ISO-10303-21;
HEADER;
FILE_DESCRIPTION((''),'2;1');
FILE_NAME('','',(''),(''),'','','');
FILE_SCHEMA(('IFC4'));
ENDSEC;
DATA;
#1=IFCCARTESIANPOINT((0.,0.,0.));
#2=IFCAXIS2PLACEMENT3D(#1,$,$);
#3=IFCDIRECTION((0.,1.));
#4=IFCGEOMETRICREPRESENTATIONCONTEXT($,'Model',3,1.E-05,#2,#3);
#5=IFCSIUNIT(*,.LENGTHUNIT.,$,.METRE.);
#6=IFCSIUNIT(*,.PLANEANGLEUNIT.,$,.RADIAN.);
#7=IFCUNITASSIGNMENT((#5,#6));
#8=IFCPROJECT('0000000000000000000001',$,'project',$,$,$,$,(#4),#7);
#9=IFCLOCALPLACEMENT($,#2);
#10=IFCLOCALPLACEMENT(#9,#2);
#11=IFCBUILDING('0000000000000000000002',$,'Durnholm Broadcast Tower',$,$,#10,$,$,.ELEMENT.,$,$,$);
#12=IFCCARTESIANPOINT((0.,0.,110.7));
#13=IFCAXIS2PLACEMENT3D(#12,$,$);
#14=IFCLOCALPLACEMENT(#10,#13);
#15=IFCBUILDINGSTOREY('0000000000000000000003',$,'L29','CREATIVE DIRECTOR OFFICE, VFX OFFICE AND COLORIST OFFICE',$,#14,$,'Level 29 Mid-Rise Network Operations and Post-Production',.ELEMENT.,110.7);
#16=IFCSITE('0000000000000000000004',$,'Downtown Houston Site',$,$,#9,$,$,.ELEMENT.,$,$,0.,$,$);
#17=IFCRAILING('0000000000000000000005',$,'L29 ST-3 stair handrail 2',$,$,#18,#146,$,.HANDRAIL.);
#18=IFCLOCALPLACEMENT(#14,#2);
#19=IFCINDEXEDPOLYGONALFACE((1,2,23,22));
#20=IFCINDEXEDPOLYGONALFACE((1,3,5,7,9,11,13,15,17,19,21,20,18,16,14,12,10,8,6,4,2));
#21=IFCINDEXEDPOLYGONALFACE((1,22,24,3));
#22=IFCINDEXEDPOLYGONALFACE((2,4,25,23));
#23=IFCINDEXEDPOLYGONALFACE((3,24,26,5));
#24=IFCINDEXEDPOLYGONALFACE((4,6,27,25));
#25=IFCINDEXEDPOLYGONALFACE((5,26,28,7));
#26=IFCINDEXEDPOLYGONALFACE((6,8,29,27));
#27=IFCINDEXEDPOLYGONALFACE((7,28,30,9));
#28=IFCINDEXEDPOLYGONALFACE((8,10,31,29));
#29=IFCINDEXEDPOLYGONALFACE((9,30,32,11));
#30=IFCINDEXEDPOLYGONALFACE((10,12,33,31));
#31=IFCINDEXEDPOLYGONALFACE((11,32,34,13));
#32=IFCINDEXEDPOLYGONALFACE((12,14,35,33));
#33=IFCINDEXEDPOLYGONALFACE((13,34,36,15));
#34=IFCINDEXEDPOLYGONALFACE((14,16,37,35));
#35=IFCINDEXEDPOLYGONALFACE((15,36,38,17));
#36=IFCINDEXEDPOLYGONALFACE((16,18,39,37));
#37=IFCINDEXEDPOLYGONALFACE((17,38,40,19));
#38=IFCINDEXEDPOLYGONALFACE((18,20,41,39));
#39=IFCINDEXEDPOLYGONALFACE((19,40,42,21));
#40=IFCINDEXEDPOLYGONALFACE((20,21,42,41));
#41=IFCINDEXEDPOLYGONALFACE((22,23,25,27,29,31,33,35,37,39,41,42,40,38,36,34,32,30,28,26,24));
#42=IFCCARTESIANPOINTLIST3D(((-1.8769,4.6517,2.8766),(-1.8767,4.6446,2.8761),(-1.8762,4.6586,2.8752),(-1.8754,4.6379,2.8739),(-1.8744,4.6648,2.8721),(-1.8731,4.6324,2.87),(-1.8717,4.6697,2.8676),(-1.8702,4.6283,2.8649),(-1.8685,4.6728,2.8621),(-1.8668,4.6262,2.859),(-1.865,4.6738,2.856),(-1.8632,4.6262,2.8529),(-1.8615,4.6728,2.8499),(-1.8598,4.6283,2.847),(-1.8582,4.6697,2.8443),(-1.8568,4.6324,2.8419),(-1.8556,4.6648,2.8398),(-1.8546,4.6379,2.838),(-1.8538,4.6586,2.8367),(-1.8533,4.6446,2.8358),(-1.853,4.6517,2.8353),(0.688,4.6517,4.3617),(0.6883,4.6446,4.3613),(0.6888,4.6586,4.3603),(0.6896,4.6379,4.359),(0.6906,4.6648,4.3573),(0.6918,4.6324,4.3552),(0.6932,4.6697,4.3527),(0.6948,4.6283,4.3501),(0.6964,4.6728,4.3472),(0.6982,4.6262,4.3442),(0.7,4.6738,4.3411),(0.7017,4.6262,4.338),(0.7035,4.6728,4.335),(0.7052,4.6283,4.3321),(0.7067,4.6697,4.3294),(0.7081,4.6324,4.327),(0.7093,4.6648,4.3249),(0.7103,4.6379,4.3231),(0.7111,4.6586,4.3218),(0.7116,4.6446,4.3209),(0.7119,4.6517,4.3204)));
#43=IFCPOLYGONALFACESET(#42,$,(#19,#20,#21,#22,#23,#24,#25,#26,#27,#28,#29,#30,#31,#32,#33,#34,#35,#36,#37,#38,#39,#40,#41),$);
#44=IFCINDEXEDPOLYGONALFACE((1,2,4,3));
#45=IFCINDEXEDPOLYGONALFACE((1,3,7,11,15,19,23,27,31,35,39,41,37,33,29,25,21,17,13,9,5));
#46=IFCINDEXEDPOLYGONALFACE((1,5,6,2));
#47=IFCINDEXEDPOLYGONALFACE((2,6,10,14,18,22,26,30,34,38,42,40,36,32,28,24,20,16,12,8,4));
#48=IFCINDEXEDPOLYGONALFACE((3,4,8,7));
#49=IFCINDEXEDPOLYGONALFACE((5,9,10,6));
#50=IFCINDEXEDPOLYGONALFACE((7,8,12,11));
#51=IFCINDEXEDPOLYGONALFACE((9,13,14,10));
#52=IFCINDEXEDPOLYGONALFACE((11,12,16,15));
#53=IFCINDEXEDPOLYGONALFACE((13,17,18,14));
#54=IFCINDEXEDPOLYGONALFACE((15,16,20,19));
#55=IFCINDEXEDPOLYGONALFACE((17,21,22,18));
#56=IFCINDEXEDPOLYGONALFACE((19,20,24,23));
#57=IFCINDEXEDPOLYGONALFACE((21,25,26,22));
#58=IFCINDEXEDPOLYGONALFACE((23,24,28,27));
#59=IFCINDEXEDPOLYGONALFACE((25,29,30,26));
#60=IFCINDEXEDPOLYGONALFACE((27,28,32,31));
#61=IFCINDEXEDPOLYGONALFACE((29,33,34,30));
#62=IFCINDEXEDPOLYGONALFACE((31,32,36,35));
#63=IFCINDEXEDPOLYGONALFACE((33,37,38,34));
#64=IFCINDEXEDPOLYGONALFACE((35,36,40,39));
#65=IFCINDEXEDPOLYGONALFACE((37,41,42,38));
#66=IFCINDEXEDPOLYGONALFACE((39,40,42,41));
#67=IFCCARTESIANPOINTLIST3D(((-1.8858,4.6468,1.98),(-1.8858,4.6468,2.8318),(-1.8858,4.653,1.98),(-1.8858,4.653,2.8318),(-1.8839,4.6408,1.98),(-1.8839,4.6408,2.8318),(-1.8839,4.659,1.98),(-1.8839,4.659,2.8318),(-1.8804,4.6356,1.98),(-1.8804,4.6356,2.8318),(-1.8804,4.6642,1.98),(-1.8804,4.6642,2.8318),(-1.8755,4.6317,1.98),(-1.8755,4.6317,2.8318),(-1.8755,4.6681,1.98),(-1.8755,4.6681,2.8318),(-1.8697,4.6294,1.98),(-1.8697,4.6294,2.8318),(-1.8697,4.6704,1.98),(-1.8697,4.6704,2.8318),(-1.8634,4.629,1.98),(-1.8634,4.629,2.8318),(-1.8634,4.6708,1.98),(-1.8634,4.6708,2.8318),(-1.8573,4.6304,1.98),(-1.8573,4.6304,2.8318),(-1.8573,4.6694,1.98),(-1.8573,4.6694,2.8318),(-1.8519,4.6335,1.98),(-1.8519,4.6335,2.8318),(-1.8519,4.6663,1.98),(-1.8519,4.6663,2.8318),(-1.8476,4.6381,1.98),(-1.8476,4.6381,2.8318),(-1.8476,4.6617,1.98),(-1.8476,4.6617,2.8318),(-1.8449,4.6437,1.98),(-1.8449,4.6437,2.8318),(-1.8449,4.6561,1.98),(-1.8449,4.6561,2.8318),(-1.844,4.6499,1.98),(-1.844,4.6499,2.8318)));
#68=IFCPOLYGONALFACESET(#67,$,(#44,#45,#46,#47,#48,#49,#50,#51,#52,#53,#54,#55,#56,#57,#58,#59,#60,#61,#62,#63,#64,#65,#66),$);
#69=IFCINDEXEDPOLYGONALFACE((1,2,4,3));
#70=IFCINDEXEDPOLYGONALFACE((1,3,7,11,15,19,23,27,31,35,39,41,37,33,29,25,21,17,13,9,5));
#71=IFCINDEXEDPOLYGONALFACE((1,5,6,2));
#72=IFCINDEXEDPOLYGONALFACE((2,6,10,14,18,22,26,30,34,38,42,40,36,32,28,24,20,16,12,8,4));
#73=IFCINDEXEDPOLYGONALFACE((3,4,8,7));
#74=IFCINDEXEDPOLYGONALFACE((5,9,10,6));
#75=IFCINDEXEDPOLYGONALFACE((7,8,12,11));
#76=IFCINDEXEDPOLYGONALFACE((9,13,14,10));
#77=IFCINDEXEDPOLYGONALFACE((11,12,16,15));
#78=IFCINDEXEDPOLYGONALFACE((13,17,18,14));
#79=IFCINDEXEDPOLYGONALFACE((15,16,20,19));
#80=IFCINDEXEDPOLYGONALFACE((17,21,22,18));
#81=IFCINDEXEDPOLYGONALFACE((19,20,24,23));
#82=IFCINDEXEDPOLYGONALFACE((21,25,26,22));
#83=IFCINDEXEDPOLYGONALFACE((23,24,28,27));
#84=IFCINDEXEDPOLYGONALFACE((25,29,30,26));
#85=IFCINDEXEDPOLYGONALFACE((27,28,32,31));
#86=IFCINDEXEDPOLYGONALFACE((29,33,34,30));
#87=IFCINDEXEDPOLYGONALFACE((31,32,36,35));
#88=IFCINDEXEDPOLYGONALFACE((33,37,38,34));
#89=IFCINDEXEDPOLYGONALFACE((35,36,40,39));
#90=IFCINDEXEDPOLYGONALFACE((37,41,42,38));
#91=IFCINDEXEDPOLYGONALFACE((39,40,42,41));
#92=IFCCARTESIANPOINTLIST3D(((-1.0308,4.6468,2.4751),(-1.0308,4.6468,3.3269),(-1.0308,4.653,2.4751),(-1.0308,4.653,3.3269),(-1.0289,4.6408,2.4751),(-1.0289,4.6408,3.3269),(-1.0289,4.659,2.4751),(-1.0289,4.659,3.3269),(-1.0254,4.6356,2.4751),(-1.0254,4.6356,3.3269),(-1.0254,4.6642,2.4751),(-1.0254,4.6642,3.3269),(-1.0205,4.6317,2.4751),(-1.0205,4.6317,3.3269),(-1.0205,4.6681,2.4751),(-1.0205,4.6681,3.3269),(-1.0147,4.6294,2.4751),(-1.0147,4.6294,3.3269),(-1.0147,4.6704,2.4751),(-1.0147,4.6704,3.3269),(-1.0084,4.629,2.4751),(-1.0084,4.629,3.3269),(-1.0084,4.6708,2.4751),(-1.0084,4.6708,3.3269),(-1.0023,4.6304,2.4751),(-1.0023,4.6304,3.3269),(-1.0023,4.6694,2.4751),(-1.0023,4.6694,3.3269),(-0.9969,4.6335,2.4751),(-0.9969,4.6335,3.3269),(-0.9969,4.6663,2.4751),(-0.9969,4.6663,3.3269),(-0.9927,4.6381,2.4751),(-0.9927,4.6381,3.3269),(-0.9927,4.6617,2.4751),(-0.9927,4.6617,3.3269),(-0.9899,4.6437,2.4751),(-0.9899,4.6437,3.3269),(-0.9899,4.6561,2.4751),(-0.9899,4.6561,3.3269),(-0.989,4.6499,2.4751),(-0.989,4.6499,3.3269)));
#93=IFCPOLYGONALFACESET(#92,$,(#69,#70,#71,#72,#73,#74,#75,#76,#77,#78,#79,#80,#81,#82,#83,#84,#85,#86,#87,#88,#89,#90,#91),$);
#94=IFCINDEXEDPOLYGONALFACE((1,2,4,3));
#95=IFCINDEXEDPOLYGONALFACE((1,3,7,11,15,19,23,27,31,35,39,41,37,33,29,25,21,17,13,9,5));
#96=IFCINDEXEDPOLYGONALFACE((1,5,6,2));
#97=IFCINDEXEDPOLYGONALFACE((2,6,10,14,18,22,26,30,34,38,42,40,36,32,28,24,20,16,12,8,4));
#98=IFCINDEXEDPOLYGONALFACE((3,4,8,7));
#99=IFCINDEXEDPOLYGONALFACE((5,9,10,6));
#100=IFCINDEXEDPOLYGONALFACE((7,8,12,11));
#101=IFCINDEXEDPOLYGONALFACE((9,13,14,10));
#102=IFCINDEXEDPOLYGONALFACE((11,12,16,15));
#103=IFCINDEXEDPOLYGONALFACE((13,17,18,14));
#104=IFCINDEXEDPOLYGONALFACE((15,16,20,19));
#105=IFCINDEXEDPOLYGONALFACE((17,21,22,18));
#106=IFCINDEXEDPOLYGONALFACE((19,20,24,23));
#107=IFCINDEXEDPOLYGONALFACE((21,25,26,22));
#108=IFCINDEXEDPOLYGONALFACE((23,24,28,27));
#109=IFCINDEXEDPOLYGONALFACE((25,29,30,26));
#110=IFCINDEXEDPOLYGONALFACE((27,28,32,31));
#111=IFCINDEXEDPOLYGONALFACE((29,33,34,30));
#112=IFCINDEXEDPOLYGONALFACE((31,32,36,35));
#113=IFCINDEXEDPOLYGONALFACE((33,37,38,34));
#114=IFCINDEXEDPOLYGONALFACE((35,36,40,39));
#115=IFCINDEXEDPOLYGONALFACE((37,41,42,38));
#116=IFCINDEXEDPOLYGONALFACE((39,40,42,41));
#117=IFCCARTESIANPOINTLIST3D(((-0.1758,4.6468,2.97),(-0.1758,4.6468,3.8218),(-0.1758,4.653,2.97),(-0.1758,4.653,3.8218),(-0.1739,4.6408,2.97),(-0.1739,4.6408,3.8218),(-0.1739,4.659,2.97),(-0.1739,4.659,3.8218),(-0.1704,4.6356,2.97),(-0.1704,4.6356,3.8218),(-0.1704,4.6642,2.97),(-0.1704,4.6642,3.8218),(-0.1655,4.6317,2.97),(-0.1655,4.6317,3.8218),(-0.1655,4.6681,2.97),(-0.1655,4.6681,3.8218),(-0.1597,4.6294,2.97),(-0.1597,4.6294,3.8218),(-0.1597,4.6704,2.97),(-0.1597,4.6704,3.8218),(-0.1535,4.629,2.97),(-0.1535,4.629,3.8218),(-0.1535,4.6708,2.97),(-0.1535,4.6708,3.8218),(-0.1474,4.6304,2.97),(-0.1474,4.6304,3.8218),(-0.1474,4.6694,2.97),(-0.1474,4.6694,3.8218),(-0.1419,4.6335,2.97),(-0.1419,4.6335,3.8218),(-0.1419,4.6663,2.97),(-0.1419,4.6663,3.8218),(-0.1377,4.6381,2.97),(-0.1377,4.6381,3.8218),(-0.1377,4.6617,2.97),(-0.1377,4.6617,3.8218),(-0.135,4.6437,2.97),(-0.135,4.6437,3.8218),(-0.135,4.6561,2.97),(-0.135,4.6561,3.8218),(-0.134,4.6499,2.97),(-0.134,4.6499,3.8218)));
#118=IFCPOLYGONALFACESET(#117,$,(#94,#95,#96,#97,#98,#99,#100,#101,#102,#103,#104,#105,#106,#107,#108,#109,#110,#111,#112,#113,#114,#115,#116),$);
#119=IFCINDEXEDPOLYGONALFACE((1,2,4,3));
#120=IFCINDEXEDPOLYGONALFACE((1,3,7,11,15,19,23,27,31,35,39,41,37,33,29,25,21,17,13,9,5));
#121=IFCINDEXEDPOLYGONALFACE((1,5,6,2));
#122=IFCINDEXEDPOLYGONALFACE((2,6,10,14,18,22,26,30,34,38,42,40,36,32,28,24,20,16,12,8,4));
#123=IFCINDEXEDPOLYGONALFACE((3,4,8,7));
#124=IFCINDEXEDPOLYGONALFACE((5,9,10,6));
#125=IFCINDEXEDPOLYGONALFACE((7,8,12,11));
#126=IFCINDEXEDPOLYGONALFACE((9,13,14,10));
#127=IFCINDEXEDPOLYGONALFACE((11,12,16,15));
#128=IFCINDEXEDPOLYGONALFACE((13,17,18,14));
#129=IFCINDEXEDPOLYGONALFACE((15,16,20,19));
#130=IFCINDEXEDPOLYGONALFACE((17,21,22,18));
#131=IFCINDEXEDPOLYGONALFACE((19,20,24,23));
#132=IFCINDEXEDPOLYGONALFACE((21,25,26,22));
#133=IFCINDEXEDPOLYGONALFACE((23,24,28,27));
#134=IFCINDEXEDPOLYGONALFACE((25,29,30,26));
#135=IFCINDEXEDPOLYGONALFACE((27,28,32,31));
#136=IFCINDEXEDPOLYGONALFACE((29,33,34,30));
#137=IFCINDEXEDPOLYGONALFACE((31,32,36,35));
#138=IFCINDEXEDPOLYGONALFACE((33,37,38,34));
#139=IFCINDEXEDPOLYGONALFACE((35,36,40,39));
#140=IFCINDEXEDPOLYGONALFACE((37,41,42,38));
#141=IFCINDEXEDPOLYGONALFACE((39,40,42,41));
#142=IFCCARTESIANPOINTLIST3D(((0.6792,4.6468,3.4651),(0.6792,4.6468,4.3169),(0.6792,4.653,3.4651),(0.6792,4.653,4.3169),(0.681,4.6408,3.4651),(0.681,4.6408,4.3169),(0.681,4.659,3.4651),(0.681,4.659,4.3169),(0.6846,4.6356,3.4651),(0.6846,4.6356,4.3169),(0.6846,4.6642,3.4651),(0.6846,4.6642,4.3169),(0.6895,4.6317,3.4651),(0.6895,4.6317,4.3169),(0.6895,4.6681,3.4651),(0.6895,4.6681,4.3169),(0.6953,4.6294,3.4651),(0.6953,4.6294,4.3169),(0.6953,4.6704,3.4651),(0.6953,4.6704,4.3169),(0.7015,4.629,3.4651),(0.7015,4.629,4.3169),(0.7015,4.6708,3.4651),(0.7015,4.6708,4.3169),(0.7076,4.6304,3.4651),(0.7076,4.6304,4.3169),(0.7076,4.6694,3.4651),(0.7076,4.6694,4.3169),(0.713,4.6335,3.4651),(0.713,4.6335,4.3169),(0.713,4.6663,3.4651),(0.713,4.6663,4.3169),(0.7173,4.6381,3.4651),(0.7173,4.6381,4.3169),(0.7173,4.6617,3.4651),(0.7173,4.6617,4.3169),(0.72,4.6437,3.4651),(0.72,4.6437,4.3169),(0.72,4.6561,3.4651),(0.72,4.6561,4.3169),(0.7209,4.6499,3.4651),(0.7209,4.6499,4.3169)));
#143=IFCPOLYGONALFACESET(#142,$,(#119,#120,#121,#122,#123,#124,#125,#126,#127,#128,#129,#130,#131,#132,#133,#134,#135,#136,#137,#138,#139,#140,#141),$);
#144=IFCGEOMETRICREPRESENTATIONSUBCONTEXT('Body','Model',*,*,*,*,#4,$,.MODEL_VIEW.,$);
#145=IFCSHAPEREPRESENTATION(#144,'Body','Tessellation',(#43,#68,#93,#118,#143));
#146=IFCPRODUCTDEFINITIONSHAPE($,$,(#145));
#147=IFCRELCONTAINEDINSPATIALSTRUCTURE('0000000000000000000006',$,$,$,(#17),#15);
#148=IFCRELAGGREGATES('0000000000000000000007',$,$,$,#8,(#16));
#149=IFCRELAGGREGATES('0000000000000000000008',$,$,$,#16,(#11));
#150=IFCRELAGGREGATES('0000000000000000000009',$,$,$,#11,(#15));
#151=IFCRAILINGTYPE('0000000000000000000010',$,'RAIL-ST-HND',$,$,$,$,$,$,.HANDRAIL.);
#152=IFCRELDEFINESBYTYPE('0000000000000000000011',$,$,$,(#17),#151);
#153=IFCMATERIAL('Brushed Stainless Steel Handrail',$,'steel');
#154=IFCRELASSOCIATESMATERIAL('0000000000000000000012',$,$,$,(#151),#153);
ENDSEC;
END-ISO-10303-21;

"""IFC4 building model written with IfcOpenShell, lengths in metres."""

from ifc_helpers import new_model, si_unit, direction, frame, origin, origin_2d, place, context, subcontext, project, spatial, circle, extrude, material, type_object, element, save


model = new_model("IFC4")

# Units and contexts
model_context = context("Model", 3, precision=1e-05, world=origin(), true_north=direction((0.0, 1.0)))
body_context = subcontext(model_context, "Body", "Model", "MODEL_VIEW")
ifc_project = project(units=[si_unit("LENGTHUNIT", "METRE"), si_unit("PLANEANGLEUNIT", "RADIAN")], contexts=[model_context])

# Site, building, storey
site_placement = place(None, origin())
site = spatial("IfcSite", under=ifc_project, at=site_placement, Name="Downtown Houston Site", CompositionType="ELEMENT", RefElevation=0.0)
building_placement = place(site_placement, origin())
building = spatial("IfcBuilding", under=site, at=building_placement, Name="Durnholm Broadcast Tower", CompositionType="ELEMENT")
storey_placement = place(building_placement, frame((0.0, 0.0, 110.7)))
storey = spatial("IfcBuildingStorey", under=building, at=storey_placement, Name="L29", Description="CREATIVE DIRECTOR OFFICE, VFX OFFICE AND COLORIST OFFICE", LongName="Level 29 Mid-Rise Network Operations and Post-Production", CompositionType="ELEMENT", Elevation=110.7)

# Railing
ifc_material_1 = material(Name="Brushed Stainless Steel Handrail", Category="steel")
railing_type_1 = type_object("IfcRailingType", Name="RAIL-ST-HND", PredefinedType="HANDRAIL", material=ifc_material_1)
railing_1_placement = place(storey_placement, frame((-1.865, 4.6499, 1.98)))
element("IfcRailing", 1, at=railing_1_placement, inside=storey, type_object=railing_type_1, Name="L29 ST-3 stair handrail 2", PredefinedType="HANDRAIL", context=body_context, shape_type="SweptSolid", body=[
    extrude(circle(Radius=0.0239, at=origin_2d()), frame((0.0, 0.0, 0.876), z_axis=(0.865406, 0.0, 0.501072), x_axis=(0.0, 1.0, 0.0)), (0.0, 0.0, 1.0), 2.9639),
    extrude(circle(Radius=0.021, at=origin_2d()), origin(), (0.0, 0.0, 1.0), 0.8518),
    extrude(circle(Radius=0.021, at=origin_2d()), frame((0.855, 0.0, 0.4951)), (0.0, 0.0, 1.0), 0.8518),
    extrude(circle(Radius=0.021, at=origin_2d()), frame((1.71, 0.0, 0.99)), (0.0, 0.0, 1.0), 0.8518),
    extrude(circle(Radius=0.021, at=origin_2d()), frame((2.5649, 0.0, 1.4851)), (0.0, 0.0, 1.0), 0.8518),
])

save(model, "model.ifc")
